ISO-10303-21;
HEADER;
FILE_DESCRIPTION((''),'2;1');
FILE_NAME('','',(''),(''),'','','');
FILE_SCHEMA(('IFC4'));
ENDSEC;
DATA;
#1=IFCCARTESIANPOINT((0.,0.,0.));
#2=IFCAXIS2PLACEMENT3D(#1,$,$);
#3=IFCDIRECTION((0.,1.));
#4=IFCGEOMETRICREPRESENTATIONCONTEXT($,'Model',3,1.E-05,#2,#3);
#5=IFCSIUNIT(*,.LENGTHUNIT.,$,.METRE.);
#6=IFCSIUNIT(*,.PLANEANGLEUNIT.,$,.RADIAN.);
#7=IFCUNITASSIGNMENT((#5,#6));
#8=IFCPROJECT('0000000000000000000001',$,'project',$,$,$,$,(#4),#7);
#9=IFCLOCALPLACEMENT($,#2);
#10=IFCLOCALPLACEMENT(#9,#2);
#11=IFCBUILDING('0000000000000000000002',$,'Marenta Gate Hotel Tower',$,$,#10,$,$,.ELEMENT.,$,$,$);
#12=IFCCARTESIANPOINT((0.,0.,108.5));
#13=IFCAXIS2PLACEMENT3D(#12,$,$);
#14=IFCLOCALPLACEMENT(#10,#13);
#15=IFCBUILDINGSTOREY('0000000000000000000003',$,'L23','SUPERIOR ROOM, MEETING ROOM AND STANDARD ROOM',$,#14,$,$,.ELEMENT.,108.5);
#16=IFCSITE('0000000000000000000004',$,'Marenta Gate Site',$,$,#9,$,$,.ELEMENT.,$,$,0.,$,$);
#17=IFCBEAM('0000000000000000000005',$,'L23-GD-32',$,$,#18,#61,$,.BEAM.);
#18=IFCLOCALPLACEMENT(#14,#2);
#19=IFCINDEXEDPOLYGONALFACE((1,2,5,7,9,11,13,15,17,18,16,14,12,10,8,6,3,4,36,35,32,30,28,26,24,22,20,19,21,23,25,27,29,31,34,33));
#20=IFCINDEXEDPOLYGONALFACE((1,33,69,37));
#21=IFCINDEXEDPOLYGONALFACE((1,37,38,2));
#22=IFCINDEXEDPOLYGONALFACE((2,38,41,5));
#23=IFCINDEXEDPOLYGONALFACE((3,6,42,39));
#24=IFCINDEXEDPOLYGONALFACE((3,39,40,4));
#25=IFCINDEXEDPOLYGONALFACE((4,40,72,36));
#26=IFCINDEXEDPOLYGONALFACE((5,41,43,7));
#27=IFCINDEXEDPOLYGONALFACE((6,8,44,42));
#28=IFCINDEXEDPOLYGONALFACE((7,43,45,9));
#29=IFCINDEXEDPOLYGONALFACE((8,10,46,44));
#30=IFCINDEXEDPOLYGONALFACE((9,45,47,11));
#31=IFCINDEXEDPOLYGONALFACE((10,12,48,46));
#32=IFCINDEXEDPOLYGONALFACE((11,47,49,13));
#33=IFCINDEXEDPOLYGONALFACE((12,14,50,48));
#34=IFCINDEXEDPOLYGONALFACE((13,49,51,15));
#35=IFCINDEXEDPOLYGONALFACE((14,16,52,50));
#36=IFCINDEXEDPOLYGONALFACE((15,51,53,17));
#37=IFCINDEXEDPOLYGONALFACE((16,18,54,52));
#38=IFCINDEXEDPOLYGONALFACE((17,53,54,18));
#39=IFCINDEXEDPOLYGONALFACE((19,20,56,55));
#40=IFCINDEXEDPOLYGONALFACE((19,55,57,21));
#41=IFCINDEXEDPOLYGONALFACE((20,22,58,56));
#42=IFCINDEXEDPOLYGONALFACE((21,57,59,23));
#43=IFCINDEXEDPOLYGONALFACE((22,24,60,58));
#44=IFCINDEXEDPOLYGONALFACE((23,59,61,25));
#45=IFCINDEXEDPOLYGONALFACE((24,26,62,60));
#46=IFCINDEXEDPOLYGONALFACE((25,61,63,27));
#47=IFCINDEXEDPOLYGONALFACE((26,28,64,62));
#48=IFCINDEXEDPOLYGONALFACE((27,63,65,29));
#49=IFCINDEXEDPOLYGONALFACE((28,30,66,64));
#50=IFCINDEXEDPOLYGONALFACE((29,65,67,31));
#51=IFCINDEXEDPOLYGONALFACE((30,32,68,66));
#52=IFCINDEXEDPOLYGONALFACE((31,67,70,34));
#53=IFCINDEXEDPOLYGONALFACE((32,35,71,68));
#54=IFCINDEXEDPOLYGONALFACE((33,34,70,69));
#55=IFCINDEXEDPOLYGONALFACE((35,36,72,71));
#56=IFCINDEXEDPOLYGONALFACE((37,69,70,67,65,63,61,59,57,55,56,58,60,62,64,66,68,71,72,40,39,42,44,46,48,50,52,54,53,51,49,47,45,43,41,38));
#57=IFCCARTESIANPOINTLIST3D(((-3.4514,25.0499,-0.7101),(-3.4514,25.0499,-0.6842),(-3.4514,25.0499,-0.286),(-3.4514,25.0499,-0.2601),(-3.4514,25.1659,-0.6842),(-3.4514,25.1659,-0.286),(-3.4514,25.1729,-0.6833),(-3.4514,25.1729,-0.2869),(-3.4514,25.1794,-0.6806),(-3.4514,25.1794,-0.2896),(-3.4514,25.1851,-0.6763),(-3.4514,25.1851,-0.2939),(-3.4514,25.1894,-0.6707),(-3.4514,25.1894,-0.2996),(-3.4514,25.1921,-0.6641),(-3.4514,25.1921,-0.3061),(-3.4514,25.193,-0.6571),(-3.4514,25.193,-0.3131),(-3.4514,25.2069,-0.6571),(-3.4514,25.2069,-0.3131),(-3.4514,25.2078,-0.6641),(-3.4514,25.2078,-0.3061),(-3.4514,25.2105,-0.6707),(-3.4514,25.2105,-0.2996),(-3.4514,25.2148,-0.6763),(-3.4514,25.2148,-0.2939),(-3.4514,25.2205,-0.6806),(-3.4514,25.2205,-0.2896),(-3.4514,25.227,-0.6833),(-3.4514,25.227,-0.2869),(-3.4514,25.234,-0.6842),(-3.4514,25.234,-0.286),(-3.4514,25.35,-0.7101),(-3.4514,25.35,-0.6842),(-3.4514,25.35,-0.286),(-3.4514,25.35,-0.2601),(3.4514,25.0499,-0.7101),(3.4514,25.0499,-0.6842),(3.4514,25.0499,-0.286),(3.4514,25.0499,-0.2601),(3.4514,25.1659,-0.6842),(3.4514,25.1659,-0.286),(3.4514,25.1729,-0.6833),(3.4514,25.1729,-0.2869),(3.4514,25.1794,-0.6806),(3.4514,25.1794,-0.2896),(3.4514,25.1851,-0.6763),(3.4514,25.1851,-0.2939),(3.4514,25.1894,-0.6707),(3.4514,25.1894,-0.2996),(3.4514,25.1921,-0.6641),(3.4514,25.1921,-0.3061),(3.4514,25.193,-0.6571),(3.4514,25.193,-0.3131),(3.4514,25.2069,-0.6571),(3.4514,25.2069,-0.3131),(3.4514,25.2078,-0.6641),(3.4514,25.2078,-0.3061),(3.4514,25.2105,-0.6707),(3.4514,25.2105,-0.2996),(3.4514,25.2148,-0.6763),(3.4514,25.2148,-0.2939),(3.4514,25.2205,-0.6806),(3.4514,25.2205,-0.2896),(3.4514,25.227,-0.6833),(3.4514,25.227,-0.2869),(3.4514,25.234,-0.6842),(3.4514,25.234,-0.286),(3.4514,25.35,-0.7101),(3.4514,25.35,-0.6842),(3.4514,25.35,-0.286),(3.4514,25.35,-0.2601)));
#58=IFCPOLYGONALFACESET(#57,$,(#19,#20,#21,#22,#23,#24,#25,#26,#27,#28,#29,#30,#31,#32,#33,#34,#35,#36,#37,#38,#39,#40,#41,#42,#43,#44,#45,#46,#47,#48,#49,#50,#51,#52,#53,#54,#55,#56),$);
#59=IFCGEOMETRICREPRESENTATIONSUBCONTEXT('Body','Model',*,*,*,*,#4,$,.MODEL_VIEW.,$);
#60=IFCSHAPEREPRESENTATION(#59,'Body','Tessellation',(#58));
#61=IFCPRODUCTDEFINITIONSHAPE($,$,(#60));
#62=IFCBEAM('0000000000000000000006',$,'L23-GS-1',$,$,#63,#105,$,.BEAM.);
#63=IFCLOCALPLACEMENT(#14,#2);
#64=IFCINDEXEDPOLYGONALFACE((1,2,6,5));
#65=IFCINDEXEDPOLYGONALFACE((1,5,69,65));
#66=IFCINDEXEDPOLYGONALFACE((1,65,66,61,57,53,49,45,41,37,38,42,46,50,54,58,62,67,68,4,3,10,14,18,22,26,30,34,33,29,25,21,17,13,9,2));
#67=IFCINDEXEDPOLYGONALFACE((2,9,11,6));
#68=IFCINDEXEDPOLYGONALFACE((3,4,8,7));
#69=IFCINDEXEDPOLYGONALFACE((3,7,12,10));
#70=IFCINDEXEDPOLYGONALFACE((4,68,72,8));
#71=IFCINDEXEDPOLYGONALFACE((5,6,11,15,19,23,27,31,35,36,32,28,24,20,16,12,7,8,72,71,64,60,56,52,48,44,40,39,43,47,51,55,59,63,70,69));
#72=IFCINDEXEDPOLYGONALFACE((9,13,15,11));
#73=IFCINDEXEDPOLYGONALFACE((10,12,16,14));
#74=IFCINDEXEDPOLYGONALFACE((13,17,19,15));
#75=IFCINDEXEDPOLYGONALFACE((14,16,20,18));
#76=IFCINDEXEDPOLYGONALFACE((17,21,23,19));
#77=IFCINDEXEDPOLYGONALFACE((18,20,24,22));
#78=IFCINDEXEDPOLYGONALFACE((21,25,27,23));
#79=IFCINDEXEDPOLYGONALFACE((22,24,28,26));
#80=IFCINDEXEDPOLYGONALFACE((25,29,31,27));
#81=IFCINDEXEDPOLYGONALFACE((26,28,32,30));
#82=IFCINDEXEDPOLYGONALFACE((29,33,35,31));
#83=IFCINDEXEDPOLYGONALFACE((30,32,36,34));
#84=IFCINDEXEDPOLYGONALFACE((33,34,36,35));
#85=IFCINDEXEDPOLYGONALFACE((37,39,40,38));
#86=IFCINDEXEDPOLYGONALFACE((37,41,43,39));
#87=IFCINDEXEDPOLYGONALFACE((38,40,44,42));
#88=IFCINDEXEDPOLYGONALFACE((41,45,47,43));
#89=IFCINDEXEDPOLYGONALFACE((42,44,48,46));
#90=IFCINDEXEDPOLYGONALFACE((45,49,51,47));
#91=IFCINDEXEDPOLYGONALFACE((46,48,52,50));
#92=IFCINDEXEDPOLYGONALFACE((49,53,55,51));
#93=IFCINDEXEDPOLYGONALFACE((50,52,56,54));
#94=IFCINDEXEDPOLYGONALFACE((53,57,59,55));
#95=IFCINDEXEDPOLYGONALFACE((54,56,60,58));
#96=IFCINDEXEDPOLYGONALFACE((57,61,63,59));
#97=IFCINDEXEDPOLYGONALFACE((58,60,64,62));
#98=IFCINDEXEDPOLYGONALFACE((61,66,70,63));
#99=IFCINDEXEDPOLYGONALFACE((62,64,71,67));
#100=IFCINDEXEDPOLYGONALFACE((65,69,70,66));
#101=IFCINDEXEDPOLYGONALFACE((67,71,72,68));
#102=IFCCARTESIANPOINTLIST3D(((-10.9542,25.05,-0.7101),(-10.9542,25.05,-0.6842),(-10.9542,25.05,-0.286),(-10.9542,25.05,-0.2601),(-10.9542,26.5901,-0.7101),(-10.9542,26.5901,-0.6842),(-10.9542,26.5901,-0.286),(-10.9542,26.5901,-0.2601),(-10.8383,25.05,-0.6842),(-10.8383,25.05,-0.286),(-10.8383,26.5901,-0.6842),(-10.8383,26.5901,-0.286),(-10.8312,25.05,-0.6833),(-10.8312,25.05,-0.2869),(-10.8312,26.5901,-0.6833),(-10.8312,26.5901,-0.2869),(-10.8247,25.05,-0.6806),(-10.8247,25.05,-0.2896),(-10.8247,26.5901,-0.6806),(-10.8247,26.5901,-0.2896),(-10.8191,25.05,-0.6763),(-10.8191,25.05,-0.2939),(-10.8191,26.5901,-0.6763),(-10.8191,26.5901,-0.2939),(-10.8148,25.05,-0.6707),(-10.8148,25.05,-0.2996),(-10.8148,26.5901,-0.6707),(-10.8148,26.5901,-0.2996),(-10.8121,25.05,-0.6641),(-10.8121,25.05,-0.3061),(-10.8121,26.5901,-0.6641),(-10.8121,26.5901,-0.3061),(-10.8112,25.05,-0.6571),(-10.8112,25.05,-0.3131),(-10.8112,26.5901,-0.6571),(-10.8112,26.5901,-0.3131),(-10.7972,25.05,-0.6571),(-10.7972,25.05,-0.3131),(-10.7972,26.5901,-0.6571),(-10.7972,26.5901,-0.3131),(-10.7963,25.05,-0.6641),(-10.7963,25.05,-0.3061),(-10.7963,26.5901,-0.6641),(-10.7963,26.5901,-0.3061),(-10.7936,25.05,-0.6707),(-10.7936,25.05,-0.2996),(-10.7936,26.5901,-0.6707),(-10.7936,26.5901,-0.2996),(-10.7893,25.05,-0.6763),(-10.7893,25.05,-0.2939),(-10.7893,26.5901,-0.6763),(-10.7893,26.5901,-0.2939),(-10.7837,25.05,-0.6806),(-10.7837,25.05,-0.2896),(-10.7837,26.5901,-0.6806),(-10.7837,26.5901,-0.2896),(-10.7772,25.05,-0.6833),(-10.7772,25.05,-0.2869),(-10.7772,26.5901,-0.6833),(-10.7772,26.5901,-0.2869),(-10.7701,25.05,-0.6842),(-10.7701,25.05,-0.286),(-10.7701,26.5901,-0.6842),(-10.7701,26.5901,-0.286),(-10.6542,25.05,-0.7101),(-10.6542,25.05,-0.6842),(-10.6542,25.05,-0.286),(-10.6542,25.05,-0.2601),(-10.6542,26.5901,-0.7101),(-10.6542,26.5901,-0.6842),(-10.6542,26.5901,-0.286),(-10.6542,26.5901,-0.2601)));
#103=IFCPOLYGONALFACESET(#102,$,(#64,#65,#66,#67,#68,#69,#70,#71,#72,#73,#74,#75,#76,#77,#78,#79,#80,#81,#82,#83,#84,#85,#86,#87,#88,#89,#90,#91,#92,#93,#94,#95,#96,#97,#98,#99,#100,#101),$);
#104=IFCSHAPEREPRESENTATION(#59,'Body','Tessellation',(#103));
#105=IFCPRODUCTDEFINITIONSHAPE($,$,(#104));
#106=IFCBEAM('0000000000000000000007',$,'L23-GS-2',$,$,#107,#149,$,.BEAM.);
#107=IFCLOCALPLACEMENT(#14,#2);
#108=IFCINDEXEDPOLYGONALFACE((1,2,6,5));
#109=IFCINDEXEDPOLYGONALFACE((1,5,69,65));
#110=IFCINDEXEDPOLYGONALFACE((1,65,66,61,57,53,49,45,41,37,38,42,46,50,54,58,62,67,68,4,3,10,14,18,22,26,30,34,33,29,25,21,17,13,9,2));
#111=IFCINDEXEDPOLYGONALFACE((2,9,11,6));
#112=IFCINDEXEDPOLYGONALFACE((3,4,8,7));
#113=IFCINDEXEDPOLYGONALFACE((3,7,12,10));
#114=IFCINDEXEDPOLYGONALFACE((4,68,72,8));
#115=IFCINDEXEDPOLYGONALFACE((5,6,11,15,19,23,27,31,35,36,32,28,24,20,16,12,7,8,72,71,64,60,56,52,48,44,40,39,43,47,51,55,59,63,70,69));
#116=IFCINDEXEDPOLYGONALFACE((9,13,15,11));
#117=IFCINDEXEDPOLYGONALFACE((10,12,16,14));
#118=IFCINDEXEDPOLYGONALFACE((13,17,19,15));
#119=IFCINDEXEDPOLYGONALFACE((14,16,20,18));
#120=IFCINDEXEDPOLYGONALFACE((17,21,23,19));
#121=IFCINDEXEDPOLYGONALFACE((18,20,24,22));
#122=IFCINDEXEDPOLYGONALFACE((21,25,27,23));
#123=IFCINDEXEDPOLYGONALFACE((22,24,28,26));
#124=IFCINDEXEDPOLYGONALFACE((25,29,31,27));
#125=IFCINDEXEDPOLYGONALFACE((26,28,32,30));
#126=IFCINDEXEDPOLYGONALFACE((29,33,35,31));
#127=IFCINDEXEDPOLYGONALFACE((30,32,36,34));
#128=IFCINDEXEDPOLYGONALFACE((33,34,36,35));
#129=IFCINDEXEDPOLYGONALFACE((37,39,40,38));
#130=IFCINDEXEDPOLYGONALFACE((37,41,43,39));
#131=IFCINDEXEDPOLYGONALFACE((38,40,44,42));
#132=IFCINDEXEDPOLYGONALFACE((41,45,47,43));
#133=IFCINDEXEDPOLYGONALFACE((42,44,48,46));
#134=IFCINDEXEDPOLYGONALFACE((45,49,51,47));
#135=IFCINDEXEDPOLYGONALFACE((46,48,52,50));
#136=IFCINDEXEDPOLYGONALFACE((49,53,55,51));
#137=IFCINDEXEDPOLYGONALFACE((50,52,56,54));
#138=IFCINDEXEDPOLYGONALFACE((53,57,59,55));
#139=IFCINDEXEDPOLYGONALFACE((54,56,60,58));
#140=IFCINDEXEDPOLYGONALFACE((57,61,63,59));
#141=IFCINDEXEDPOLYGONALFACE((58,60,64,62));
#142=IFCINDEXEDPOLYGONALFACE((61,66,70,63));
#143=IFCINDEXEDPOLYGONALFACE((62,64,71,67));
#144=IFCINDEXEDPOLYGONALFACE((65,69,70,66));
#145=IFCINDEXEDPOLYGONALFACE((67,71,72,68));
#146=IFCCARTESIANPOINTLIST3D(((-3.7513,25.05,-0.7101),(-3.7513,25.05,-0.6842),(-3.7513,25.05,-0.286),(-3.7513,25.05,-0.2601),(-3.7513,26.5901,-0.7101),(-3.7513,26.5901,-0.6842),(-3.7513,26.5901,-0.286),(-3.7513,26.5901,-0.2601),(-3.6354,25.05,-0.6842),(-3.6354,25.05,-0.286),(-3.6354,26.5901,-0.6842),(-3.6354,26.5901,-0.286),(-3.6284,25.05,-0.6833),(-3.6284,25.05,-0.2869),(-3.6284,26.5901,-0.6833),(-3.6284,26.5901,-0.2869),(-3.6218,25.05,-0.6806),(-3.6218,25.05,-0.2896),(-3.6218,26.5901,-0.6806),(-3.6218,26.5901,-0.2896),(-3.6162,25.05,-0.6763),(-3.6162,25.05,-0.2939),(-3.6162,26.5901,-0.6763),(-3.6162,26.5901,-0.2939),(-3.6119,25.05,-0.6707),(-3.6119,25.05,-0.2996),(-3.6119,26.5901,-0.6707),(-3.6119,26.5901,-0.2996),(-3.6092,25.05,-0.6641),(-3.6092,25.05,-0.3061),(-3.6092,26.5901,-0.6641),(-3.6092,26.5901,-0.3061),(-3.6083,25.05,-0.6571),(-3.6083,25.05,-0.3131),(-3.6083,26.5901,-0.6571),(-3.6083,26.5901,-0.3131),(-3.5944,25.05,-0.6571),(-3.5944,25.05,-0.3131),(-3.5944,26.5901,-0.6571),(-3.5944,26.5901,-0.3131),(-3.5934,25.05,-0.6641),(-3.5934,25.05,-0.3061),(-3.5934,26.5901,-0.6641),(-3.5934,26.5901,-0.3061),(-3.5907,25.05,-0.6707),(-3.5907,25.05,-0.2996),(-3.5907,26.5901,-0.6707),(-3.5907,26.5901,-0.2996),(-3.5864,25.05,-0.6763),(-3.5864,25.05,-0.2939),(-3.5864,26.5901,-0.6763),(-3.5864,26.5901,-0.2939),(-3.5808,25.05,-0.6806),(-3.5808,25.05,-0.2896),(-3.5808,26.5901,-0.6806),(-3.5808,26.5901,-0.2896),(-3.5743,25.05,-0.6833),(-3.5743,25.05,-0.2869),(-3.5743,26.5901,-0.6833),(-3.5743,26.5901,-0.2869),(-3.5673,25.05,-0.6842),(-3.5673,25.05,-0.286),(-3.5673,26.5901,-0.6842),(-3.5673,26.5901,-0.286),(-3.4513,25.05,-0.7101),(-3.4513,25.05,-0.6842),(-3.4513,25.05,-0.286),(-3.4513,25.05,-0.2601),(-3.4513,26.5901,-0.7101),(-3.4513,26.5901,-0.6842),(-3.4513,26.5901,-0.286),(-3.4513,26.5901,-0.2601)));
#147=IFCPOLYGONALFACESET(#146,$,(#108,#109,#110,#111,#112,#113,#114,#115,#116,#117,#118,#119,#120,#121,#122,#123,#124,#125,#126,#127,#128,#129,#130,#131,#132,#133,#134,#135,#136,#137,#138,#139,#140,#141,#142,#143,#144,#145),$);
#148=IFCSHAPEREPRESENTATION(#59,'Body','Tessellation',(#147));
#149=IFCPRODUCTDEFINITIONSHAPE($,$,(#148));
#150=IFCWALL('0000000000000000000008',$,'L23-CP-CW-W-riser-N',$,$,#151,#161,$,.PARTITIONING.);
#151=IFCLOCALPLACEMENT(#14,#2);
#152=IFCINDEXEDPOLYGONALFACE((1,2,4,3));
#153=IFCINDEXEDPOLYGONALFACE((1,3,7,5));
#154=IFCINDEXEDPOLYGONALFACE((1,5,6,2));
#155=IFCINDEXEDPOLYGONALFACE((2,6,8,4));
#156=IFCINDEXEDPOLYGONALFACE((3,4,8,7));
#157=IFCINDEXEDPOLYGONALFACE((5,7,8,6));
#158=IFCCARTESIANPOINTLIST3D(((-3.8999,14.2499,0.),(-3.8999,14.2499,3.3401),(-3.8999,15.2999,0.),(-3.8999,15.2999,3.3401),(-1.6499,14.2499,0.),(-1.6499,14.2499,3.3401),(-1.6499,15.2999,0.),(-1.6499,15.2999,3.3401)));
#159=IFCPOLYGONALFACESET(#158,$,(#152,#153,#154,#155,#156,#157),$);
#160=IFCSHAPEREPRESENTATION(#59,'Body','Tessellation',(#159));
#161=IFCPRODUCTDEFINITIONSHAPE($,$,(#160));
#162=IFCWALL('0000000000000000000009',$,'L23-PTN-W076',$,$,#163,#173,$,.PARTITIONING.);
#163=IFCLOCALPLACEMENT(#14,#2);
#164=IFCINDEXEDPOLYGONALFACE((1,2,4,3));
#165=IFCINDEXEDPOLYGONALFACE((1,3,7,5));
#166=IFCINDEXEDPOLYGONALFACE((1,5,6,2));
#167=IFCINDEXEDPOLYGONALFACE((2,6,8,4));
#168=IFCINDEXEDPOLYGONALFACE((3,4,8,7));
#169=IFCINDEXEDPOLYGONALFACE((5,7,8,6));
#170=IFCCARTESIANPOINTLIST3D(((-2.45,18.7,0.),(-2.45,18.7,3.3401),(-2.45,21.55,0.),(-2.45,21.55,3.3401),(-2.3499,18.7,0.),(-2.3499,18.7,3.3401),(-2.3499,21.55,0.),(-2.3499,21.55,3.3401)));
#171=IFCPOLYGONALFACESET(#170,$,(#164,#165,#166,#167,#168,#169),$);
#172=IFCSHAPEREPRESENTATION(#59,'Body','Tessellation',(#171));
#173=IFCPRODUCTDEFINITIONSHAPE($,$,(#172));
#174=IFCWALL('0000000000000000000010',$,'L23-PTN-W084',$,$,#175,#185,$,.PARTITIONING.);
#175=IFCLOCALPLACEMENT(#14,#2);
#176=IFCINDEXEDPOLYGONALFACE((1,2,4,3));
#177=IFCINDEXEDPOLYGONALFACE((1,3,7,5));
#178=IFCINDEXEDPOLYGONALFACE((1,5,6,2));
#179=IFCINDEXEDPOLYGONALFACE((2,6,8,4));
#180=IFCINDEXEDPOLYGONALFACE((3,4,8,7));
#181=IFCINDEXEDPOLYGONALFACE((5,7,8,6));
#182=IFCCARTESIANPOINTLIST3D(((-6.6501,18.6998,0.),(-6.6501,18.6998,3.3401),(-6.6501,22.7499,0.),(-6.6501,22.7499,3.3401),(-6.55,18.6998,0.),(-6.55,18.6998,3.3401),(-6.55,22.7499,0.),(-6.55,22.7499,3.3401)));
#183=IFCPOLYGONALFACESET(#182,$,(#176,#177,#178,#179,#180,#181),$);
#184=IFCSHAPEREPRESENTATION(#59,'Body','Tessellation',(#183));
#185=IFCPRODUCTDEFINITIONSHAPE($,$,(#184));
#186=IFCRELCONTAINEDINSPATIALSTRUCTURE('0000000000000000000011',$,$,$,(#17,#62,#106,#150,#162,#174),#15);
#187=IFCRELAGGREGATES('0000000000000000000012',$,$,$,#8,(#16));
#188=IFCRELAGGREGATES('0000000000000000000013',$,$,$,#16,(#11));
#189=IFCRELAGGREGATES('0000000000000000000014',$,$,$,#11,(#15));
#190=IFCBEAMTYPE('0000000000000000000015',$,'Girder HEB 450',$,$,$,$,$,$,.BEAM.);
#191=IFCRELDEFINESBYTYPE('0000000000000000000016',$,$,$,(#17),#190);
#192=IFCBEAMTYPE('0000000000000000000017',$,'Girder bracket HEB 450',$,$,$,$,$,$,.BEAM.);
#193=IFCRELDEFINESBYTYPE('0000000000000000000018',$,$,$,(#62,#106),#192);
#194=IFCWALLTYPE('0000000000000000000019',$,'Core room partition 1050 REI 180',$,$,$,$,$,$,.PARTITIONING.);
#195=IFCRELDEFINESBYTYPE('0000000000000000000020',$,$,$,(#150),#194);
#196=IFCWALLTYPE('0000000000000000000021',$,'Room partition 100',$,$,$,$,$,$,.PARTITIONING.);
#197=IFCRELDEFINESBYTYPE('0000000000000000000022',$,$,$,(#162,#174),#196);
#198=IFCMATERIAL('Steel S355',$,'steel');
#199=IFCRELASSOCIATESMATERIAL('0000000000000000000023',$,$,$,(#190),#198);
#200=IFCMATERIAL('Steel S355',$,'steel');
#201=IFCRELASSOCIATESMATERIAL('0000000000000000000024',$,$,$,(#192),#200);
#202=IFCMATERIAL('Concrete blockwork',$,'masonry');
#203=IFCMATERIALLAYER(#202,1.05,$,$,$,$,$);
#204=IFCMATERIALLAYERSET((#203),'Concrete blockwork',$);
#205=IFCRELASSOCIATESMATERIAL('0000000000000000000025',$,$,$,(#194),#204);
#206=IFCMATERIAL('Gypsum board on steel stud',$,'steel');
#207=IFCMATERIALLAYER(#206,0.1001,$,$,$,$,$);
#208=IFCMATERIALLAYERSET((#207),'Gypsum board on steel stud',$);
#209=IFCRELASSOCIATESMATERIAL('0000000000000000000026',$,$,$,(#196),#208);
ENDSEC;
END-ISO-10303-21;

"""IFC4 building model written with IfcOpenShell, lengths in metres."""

from ifc_helpers import new_model, si_unit, direction, frame, frame_2d, origin, origin_2d, place, context, subcontext, project, spatial, rectangle, i_section, extrude, material, layer, layer_set, material_profile, profile_set, type_object, element, save


model = new_model("IFC4")

# Units and contexts
model_context = context("Model", 3, precision=1e-05, world=origin(), true_north=direction((0.0, 1.0)))
body_context = subcontext(model_context, "Body", "Model", "MODEL_VIEW")
ifc_project = project(units=[si_unit("LENGTHUNIT", "METRE"), si_unit("PLANEANGLEUNIT", "RADIAN")], contexts=[model_context])

# Site, building, storey
site_placement = place(None, origin())
site = spatial("IfcSite", under=ifc_project, at=site_placement, Name="Marenta Gate Site", CompositionType="ELEMENT", RefElevation=0.0)
building_placement = place(site_placement, origin())
building = spatial("IfcBuilding", under=site, at=building_placement, Name="Marenta Gate Hotel Tower", CompositionType="ELEMENT")
storey_placement = place(building_placement, frame((0.0, 0.0, 108.5)))
storey = spatial("IfcBuildingStorey", under=building, at=storey_placement, Name="L23", Description="SUPERIOR ROOM, MEETING ROOM AND STANDARD ROOM", CompositionType="ELEMENT", Elevation=108.5)

# Beams
ifc_material_1 = material(Name="Steel S355", Category="steel")
ifc_material_profile_1 = material_profile(ifc_material_1, i_section(OverallWidth=0.3, OverallDepth=0.45, WebThickness=0.0139, FlangeThickness=0.0259, FilletRadius=0.0271, at=origin_2d()), Name="HEB 450")
ifc_profile_set_1 = profile_set([ifc_material_profile_1], Name="Steel S355")
beam_type_1 = type_object("IfcBeamType", Name="Girder HEB 450", PredefinedType="BEAM", material=ifc_profile_set_1)
beam_1_placement = place(storey_placement, frame((-3.4514, 25.2, -0.4851), z_axis=(1.0, 0.0, 0.0), x_axis=(0.0, 1.0, 0.0)))
element("IfcBeam", 1, at=beam_1_placement, inside=storey, type_object=beam_type_1, Name="L23-GD-32", PredefinedType="BEAM", context=body_context, shape_type="SweptSolid", body=[
    extrude(i_section(OverallWidth=0.3, OverallDepth=0.45, WebThickness=0.0139, FlangeThickness=0.0259, FilletRadius=0.0271, at=origin_2d()), origin(), (0.0, 0.0, 1.0), 6.9028),
])
ifc_material_2 = material(Name="Steel S355", Category="steel")
ifc_material_profile_2 = material_profile(ifc_material_2, i_section(OverallWidth=0.3, OverallDepth=0.45, WebThickness=0.0139, FlangeThickness=0.0259, FilletRadius=0.0271, at=origin_2d()), Name="HEB 450")
ifc_profile_set_2 = profile_set([ifc_material_profile_2], Name="Steel S355")
beam_type_2 = type_object("IfcBeamType", Name="Girder bracket HEB 450", PredefinedType="BEAM", material=ifc_profile_set_2)
for number, where, z_axis, x_axis, name in (
    (2, (-10.8042, 25.05, -0.4851), (0.0, 1.0, 0.0), (-1.0, 0.0, 0.0), "L23-GS-1"),
    (3, (-3.6013, 25.05, -0.4851), (0.0, 1.0, 0.0), (-1.0, 0.0, 0.0), "L23-GS-2"),
):
    element("IfcBeam", number, at=place(storey_placement, frame(where, z_axis=z_axis, x_axis=x_axis)), inside=storey, type_object=beam_type_2, Name=name, PredefinedType="BEAM", context=body_context, shape_type="SweptSolid", body=[
        extrude(i_section(OverallWidth=0.3, OverallDepth=0.45, WebThickness=0.0139, FlangeThickness=0.0259, FilletRadius=0.0271, at=origin_2d()), origin(), (0.0, 0.0, 1.0), 1.54),
    ])

# Walls
ifc_material_3 = material(Name="Concrete blockwork", Category="masonry")
ifc_layer_1 = layer(ifc_material_3, 1.05)
ifc_layer_set_1 = layer_set([ifc_layer_1], Name="Concrete blockwork")
wall_type_1 = type_object("IfcWallType", Name="Core room partition 1050 REI 180", PredefinedType="PARTITIONING", material=ifc_layer_set_1)
wall_1_placement = place(storey_placement, frame((-3.8999, 14.7749, 0.0), z_axis=(0.0, 0.0, 1.0), x_axis=(1.0, 0.0, 0.0)))
element("IfcWall", 4, at=wall_1_placement, inside=storey, type_object=wall_type_1, Name="L23-CP-CW-W-riser-N", PredefinedType="PARTITIONING", context=body_context, shape_type="SweptSolid", body=[
    extrude(rectangle(XDim=2.25, YDim=1.05, at=frame_2d((1.125, 0.0))), origin(), (0.0, 0.0, 1.0), 3.3401),
])
ifc_material_4 = material(Name="Gypsum board on steel stud", Category="steel")
ifc_layer_2 = layer(ifc_material_4, 0.1001)
ifc_layer_set_2 = layer_set([ifc_layer_2], Name="Gypsum board on steel stud")
wall_type_2 = type_object("IfcWallType", Name="Room partition 100", PredefinedType="PARTITIONING", material=ifc_layer_set_2)
wall_2_placement = place(storey_placement, frame((-2.3999, 18.7, 0.0), z_axis=(0.0, 0.0, 1.0), x_axis=(0.0, 1.0, 0.0)))
element("IfcWall", 5, at=wall_2_placement, inside=storey, type_object=wall_type_2, Name="L23-PTN-W076", PredefinedType="PARTITIONING", context=body_context, shape_type="SweptSolid", body=[
    extrude(rectangle(XDim=2.8501, YDim=0.1001, at=frame_2d((1.425, 0.0))), origin(), (0.0, 0.0, 1.0), 3.3401),
])
wall_3_placement = place(storey_placement, frame((-6.6001, 18.7, 0.0), z_axis=(0.0, 0.0, 1.0), x_axis=(0.0, 1.0, 0.0)))
element("IfcWall", 6, at=wall_3_placement, inside=storey, type_object=wall_type_2, Name="L23-PTN-W084", PredefinedType="PARTITIONING", context=body_context, shape_type="SweptSolid", body=[
    extrude(rectangle(XDim=4.05, YDim=0.1001, at=frame_2d((2.0249, 0.0))), origin(), (0.0, 0.0, 1.0), 3.3401),
])

save(model, "model.ifc")
